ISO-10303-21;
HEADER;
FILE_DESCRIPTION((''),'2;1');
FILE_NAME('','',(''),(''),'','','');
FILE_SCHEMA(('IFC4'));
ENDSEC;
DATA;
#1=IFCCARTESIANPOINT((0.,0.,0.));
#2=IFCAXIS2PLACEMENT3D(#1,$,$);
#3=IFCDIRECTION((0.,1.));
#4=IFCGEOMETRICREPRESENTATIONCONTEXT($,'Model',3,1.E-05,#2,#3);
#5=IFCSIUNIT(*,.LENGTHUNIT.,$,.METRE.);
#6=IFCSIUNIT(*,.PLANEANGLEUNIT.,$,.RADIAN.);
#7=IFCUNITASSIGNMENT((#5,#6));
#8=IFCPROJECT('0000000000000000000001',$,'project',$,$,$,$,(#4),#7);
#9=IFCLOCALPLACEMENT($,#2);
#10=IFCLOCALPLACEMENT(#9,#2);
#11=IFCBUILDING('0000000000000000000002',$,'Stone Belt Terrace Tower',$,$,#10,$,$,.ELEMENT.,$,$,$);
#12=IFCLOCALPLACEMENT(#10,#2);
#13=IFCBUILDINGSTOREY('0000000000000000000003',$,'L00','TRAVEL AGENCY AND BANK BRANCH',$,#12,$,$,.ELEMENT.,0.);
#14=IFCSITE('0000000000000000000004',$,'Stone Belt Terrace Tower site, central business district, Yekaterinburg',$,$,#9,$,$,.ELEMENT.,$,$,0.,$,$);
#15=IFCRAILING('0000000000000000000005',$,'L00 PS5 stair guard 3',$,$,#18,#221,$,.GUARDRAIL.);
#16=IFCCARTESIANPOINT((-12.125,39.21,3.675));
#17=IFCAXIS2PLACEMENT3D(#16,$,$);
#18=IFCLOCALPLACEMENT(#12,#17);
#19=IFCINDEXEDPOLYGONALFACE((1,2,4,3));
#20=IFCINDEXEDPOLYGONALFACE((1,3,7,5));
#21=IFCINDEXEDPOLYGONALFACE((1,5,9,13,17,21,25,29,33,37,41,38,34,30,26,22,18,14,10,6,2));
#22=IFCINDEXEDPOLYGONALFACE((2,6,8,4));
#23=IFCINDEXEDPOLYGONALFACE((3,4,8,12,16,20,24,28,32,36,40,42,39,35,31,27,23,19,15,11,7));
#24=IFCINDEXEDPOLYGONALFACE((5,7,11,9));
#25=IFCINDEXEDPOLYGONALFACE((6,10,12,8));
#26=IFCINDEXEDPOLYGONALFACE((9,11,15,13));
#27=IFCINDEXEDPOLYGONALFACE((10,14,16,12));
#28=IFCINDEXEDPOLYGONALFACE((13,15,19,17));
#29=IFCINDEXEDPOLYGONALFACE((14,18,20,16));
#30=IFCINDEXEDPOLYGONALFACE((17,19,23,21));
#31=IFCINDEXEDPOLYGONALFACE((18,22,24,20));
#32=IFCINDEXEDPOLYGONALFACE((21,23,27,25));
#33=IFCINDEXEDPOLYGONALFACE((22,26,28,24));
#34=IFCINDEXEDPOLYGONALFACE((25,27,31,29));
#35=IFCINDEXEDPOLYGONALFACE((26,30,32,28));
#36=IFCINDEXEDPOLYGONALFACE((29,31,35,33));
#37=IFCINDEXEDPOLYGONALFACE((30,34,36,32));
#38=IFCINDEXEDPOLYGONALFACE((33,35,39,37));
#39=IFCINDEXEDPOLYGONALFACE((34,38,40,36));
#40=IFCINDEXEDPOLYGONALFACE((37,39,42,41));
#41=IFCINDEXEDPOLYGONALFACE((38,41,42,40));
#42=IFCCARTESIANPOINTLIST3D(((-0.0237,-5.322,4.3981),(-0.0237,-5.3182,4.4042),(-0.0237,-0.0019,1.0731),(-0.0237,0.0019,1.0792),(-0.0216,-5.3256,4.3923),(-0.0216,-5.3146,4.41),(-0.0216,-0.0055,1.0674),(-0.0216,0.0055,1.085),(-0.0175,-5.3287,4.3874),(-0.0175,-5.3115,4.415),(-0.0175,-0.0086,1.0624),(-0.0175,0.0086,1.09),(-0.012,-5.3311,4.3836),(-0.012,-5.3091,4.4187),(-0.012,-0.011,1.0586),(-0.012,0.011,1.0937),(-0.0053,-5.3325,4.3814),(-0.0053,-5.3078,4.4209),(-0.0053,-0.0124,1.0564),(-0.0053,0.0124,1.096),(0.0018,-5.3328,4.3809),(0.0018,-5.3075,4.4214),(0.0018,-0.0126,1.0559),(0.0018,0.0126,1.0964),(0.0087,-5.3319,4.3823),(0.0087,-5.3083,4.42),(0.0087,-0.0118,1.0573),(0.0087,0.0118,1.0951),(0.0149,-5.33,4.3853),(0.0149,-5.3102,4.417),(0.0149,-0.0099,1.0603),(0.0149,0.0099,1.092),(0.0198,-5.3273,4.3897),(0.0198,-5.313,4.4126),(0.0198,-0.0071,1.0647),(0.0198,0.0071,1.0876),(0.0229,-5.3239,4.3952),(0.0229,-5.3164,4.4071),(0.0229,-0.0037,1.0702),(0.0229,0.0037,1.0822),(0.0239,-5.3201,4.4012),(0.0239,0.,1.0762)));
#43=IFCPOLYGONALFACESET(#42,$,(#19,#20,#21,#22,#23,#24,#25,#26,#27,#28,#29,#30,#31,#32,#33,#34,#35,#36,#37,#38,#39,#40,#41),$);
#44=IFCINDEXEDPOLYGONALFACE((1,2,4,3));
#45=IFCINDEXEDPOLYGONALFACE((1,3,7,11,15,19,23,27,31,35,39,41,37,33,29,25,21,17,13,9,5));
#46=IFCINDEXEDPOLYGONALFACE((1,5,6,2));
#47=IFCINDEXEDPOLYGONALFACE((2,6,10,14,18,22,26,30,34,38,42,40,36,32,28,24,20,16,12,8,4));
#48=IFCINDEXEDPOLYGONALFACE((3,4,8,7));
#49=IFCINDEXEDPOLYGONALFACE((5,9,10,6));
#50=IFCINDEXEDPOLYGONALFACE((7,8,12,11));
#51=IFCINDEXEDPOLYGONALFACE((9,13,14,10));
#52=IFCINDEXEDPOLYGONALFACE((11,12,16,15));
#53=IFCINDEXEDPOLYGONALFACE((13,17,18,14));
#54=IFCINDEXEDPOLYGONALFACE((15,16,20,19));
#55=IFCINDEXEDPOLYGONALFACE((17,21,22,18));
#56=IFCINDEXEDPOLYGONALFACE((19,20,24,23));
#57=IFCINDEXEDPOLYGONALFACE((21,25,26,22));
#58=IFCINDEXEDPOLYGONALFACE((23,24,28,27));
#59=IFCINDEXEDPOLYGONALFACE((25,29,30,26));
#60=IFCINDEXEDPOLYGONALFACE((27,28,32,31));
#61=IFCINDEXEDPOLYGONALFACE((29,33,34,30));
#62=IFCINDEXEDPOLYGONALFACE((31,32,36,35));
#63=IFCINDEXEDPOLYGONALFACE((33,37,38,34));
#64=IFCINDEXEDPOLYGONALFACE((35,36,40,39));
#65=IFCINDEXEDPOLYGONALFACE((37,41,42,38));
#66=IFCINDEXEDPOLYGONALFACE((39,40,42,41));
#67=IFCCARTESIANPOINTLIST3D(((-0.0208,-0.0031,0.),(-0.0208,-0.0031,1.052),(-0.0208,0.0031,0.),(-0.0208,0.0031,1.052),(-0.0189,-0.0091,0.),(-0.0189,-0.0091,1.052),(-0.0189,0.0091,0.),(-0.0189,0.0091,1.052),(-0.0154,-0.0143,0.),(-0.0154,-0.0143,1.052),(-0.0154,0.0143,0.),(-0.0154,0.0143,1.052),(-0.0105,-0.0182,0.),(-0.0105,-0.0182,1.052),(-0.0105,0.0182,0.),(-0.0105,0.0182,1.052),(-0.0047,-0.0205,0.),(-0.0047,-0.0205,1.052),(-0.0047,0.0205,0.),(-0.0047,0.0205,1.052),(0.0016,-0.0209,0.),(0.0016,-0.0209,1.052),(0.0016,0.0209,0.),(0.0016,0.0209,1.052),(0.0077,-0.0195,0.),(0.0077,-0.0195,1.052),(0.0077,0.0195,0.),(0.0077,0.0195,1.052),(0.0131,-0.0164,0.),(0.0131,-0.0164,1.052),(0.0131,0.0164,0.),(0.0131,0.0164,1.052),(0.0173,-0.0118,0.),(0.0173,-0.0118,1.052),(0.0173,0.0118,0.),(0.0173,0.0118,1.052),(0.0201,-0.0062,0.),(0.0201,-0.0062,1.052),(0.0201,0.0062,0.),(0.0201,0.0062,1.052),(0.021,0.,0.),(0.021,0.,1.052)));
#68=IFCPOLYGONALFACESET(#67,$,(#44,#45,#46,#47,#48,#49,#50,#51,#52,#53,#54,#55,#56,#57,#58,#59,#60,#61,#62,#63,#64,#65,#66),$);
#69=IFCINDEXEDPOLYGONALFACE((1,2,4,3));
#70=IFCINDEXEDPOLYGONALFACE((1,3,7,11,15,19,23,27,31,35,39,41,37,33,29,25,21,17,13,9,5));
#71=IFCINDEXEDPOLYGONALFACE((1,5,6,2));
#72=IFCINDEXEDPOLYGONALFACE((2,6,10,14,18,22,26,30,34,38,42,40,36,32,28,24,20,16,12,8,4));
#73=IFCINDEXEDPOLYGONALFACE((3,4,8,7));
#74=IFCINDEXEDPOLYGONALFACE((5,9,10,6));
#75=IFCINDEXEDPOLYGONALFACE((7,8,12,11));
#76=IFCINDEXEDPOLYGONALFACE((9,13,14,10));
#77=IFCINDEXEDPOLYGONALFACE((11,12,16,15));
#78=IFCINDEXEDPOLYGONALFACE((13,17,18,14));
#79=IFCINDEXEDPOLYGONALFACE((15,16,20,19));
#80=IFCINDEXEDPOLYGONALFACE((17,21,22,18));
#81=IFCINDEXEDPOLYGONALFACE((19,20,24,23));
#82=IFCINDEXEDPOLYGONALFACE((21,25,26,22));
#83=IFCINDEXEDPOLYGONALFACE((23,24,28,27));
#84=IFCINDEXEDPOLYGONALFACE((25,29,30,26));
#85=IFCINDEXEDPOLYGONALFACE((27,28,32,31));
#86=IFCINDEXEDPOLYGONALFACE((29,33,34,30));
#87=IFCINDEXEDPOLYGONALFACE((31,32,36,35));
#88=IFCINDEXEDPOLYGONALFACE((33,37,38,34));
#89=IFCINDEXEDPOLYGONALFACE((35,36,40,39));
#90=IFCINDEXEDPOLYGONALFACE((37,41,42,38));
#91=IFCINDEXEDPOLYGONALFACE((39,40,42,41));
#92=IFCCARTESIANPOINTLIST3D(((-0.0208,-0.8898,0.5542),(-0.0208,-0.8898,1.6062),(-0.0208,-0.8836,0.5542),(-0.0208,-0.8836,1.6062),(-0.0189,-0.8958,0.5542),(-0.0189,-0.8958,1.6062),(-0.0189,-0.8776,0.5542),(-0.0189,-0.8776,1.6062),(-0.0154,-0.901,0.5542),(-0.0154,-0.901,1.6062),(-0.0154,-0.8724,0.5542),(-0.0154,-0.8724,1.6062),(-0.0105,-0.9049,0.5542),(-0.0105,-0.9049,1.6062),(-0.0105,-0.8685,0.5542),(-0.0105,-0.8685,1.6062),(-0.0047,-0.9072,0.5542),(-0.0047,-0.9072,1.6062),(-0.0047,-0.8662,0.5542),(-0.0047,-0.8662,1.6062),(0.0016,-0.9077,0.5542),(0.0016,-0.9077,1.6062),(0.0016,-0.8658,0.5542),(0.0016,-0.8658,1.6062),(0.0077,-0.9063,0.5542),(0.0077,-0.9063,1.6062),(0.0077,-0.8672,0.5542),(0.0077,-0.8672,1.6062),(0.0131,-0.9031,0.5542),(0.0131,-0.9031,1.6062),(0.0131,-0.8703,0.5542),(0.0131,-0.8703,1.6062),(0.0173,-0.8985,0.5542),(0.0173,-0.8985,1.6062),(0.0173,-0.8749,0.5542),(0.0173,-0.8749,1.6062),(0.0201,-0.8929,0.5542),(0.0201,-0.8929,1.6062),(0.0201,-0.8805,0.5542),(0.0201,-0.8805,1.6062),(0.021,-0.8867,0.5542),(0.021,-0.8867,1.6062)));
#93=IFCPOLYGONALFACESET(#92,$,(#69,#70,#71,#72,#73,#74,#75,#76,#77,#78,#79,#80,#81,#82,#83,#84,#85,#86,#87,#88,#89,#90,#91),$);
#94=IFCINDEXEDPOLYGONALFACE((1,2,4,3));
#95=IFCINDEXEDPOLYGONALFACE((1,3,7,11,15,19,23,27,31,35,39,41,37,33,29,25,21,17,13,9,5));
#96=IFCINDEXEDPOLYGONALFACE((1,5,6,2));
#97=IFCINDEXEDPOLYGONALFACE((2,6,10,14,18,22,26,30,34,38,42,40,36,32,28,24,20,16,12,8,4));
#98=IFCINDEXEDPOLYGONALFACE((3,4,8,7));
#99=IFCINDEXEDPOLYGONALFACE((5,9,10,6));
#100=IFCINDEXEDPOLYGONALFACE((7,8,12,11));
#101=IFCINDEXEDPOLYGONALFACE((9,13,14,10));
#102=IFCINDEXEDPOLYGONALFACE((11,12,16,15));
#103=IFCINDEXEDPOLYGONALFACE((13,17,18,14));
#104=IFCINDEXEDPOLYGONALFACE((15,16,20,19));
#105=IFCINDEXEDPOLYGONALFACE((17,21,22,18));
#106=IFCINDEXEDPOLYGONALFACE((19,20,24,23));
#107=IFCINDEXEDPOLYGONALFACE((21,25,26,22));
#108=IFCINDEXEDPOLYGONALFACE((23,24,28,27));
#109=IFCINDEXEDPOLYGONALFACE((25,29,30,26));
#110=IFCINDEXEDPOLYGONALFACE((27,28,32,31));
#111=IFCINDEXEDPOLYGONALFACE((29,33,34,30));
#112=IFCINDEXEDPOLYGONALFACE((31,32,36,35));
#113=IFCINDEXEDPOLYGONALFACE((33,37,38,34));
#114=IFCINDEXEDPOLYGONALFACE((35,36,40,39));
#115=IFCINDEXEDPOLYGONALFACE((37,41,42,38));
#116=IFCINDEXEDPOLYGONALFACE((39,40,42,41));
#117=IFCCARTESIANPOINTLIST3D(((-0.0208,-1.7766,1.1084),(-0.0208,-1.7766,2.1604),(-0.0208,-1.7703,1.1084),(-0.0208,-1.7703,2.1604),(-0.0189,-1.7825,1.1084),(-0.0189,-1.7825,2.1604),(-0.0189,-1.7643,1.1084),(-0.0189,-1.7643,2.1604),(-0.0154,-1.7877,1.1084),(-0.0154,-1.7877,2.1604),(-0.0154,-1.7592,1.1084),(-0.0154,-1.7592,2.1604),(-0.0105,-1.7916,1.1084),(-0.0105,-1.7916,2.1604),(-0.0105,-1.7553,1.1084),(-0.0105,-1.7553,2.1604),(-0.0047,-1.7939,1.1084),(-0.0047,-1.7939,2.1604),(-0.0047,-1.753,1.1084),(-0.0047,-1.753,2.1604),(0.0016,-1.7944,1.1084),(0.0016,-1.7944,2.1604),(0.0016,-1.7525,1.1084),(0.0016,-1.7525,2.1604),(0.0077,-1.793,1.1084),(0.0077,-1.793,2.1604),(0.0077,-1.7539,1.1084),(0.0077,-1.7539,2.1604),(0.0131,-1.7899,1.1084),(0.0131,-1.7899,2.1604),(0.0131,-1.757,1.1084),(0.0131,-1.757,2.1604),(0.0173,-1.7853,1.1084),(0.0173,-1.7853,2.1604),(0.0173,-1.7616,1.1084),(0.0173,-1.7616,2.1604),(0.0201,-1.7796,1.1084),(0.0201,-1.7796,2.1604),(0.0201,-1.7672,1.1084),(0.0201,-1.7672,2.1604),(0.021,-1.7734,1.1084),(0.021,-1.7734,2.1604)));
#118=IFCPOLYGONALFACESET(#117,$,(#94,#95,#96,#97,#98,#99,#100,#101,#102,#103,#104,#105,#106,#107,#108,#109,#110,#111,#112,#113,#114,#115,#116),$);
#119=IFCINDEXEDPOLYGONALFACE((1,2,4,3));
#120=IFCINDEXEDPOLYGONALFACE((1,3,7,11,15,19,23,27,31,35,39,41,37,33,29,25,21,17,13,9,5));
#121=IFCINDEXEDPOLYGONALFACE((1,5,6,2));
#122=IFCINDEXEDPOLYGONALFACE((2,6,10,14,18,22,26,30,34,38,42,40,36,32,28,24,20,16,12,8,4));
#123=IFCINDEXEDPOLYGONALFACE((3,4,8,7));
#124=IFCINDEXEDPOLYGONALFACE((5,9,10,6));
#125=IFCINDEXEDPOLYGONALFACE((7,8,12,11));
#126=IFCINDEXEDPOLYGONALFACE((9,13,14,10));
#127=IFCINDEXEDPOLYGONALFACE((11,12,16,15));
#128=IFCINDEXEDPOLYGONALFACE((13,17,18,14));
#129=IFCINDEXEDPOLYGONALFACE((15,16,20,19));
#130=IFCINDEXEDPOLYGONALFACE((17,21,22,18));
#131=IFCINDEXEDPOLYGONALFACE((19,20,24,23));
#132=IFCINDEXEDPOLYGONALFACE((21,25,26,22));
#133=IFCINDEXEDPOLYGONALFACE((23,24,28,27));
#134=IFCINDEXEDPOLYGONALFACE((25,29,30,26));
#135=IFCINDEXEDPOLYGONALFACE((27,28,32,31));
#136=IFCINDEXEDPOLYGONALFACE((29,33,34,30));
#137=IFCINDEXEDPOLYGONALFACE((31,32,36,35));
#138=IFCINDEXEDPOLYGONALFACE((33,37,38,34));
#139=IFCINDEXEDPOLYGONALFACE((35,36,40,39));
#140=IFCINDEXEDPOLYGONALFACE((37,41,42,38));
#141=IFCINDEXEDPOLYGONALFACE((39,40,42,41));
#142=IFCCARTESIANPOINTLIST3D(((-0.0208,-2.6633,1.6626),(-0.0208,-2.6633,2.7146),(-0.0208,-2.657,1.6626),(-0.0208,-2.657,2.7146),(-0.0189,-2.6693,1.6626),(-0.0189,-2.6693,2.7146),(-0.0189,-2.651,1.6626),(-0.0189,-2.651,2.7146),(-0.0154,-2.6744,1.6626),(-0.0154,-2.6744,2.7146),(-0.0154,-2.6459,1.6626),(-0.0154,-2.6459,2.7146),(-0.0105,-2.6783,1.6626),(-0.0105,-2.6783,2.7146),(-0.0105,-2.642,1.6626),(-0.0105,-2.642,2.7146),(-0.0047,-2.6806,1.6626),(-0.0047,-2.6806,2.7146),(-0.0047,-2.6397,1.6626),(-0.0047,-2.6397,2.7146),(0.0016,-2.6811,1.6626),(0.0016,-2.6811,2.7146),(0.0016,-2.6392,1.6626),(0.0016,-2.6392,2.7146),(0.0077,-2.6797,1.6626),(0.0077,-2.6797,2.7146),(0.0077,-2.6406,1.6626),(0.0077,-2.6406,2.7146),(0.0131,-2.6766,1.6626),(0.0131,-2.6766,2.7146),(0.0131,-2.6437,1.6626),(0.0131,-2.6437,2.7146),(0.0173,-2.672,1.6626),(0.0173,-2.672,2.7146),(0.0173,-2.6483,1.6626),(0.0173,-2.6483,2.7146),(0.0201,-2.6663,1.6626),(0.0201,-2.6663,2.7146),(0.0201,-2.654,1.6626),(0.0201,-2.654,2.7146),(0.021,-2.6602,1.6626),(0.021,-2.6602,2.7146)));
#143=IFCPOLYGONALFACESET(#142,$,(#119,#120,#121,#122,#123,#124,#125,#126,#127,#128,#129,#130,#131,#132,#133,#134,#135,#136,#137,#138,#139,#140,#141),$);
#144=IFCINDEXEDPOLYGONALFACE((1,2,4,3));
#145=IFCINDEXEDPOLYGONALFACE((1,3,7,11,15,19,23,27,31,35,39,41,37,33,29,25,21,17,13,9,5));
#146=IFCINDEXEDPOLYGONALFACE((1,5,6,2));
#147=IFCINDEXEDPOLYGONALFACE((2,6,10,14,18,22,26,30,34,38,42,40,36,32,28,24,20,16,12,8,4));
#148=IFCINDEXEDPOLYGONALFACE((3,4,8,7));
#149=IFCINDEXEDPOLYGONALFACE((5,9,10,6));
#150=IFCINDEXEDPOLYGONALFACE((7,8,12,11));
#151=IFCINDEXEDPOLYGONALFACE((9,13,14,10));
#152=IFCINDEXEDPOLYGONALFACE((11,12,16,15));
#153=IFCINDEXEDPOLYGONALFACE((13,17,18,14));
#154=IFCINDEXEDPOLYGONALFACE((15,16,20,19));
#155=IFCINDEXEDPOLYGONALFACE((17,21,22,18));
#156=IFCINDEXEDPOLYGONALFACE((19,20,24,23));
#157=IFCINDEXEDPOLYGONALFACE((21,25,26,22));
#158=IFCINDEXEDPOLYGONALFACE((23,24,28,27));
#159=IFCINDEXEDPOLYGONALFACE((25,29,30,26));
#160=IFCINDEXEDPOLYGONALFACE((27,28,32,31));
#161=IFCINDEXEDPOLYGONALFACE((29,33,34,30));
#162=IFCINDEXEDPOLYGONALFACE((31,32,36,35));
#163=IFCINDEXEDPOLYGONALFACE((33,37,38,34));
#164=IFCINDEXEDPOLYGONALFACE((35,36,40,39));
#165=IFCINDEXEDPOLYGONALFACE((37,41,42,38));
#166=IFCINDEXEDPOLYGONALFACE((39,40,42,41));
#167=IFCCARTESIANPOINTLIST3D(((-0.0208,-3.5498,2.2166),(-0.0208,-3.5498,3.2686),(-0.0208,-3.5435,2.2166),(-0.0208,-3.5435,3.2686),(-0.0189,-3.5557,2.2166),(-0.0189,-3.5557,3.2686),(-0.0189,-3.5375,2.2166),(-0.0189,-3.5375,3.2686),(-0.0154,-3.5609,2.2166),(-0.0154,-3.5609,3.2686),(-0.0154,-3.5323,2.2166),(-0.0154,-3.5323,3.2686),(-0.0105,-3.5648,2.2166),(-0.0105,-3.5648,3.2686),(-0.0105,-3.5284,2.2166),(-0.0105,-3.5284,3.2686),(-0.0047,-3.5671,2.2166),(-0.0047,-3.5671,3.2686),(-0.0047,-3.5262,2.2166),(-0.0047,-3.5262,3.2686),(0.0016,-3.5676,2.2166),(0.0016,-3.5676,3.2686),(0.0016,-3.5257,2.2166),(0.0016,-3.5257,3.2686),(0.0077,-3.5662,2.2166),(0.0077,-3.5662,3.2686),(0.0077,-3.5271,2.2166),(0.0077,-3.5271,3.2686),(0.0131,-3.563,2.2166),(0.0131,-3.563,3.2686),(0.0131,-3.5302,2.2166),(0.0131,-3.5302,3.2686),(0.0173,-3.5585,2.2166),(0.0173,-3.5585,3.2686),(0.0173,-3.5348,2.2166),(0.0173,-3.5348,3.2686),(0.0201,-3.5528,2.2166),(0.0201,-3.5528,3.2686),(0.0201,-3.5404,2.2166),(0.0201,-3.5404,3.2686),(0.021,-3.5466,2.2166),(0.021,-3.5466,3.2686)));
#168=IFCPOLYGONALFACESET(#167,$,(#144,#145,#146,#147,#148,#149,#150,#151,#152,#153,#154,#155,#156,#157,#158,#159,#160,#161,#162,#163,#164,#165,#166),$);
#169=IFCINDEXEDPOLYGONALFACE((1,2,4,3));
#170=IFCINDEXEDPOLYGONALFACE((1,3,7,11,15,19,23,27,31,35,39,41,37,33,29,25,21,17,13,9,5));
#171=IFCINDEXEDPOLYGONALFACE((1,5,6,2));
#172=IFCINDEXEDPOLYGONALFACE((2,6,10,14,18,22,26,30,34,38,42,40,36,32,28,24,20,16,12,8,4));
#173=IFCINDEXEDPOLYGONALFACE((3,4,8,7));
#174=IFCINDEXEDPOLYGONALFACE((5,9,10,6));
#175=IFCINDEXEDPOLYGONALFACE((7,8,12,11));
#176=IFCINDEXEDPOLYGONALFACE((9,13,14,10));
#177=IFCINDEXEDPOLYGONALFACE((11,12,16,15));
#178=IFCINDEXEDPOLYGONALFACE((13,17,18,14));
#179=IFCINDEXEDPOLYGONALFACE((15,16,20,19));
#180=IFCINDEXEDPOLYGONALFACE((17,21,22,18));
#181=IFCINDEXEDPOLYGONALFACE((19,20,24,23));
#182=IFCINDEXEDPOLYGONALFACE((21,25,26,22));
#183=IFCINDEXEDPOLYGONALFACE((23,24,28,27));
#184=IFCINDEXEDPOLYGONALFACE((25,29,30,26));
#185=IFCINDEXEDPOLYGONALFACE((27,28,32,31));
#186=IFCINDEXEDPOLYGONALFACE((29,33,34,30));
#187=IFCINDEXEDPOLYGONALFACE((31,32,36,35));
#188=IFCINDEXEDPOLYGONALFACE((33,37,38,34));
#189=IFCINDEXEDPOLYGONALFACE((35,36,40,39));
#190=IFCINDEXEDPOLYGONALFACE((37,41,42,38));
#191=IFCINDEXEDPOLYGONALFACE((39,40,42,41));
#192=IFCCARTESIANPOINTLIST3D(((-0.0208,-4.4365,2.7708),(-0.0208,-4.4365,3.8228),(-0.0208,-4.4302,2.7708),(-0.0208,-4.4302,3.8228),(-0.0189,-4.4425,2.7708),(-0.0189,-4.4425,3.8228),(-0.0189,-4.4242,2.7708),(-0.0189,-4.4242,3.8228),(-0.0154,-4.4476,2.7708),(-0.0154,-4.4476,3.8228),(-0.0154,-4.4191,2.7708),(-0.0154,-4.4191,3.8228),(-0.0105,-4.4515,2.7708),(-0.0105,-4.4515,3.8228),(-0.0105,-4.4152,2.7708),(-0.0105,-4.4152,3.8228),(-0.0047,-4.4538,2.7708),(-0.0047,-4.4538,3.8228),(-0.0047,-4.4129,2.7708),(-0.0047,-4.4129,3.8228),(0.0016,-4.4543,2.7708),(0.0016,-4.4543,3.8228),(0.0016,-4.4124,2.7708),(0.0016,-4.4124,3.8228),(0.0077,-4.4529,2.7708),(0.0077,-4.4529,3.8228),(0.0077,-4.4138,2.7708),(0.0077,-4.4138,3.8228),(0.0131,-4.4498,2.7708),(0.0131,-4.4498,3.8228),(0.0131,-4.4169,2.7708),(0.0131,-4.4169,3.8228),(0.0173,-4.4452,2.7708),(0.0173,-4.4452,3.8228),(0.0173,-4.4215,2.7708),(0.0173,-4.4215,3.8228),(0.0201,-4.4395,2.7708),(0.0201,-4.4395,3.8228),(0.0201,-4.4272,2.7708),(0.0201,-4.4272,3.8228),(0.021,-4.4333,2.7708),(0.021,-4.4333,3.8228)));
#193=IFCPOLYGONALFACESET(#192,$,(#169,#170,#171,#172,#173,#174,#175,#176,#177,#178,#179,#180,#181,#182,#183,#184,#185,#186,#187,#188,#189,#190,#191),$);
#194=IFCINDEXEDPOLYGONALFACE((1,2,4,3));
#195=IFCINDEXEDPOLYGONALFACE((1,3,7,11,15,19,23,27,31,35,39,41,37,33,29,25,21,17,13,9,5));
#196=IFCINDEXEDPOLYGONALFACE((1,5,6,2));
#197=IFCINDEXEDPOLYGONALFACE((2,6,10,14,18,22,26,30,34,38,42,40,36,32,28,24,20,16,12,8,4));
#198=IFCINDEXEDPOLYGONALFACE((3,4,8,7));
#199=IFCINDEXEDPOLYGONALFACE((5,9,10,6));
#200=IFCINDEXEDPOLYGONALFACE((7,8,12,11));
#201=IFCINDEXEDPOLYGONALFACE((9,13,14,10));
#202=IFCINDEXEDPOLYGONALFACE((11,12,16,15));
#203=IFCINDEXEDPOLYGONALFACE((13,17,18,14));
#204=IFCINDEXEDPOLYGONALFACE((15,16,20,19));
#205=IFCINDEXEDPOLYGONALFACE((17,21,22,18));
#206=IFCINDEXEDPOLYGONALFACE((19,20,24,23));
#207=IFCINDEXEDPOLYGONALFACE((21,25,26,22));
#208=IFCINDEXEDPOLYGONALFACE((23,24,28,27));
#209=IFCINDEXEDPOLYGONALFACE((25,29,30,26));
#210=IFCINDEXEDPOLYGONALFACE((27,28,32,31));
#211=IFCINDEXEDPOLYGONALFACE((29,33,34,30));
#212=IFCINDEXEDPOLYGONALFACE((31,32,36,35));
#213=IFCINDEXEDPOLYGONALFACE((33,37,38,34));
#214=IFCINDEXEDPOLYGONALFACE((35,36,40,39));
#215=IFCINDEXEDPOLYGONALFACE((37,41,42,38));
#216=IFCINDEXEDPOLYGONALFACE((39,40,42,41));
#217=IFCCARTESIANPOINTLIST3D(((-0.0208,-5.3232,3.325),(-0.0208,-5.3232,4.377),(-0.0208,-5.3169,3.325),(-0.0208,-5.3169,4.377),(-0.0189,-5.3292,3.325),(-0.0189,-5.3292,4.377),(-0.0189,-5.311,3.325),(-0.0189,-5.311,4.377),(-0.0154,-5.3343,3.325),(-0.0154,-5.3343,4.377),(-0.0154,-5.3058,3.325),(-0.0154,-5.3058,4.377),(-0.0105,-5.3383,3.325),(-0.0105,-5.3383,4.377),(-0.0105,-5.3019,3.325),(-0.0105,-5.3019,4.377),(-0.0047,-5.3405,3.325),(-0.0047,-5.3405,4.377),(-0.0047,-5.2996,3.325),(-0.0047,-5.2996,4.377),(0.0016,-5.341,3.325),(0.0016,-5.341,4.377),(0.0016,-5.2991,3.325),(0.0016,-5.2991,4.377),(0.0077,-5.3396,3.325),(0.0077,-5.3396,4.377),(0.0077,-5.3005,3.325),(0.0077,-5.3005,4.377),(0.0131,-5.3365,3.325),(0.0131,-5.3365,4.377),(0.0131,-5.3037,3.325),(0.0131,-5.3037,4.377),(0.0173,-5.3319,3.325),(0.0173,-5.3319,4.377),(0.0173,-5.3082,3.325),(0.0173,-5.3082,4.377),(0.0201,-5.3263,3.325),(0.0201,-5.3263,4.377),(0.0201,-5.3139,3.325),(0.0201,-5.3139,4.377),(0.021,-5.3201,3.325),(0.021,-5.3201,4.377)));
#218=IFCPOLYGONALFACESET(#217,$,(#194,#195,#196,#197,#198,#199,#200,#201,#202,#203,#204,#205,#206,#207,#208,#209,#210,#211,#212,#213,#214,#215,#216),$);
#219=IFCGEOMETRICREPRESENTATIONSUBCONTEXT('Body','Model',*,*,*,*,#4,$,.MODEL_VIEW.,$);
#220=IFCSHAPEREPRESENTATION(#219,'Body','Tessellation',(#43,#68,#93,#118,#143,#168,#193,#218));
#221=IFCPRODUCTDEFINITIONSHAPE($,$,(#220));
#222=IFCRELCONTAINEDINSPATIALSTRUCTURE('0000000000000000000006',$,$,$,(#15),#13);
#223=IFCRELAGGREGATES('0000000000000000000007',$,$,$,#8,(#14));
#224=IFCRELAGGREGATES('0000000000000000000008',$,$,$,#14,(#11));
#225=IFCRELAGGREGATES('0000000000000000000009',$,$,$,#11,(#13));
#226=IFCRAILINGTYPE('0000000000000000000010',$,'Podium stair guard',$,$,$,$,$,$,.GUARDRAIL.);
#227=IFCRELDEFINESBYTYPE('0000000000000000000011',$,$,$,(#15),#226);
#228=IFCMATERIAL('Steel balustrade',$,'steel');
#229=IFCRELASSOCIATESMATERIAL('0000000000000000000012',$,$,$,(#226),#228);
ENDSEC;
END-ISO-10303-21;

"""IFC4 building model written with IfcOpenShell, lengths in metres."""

from ifc_helpers import new_model, si_unit, direction, frame, origin, origin_2d, place, context, subcontext, project, spatial, circle, extrude, material, type_object, element, save


model = new_model("IFC4")

# Units and contexts
model_context = context("Model", 3, precision=1e-05, world=origin(), true_north=direction((0.0, 1.0)))
body_context = subcontext(model_context, "Body", "Model", "MODEL_VIEW")
ifc_project = project(units=[si_unit("LENGTHUNIT", "METRE"), si_unit("PLANEANGLEUNIT", "RADIAN")], contexts=[model_context])

# Site, building, storey
site_placement = place(None, origin())
site = spatial("IfcSite", under=ifc_project, at=site_placement, Name="Stone Belt Terrace Tower site, central business district, Yekaterinburg", CompositionType="ELEMENT", RefElevation=0.0)
building_placement = place(site_placement, origin())
building = spatial("IfcBuilding", under=site, at=building_placement, Name="Stone Belt Terrace Tower", CompositionType="ELEMENT")
storey_placement = place(building_placement, origin())
storey = spatial("IfcBuildingStorey", under=building, at=storey_placement, Name="L00", Description="TRAVEL AGENCY AND BANK BRANCH", CompositionType="ELEMENT", Elevation=0.0)

# Railing
ifc_material_1 = material(Name="Steel balustrade", Category="steel")
railing_type_1 = type_object("IfcRailingType", Name="Podium stair guard", PredefinedType="GUARDRAIL", material=ifc_material_1)
railing_1_placement = place(storey_placement, frame((-12.125, 39.21, 3.675)))
element("IfcRailing", 1, at=railing_1_placement, inside=storey, type_object=railing_type_1, Name="L00 PS5 stair guard 3", PredefinedType="GUARDRAIL", context=body_context, shape_type="SweptSolid", body=[
    extrude(circle(Radius=0.0239, at=origin_2d()), frame((0.0, 0.0, 1.0762), z_axis=(0.0, -0.848005, 0.529988), x_axis=(1.0, 0.0, 0.0)), (0.0, 0.0, 1.0), 6.2737),
    extrude(circle(Radius=0.021, at=origin_2d()), origin(), (0.0, 0.0, 1.0), 1.052),
    extrude(circle(Radius=0.021, at=origin_2d()), frame((0.0, -0.8867, 0.5542)), (0.0, 0.0, 1.0), 1.052),
    extrude(circle(Radius=0.021, at=origin_2d()), frame((0.0, -1.7734, 1.1084)), (0.0, 0.0, 1.0), 1.052),
    extrude(circle(Radius=0.021, at=origin_2d()), frame((0.0, -2.6602, 1.6626)), (0.0, 0.0, 1.0), 1.052),
    extrude(circle(Radius=0.021, at=origin_2d()), frame((0.0, -3.5466, 2.2166)), (0.0, 0.0, 1.0), 1.052),
    extrude(circle(Radius=0.021, at=origin_2d()), frame((0.0, -4.4333, 2.7708)), (0.0, 0.0, 1.0), 1.052),
    extrude(circle(Radius=0.021, at=origin_2d()), frame((0.0, -5.3201, 3.325)), (0.0, 0.0, 1.0), 1.052),
])

save(model, "model.ifc")
